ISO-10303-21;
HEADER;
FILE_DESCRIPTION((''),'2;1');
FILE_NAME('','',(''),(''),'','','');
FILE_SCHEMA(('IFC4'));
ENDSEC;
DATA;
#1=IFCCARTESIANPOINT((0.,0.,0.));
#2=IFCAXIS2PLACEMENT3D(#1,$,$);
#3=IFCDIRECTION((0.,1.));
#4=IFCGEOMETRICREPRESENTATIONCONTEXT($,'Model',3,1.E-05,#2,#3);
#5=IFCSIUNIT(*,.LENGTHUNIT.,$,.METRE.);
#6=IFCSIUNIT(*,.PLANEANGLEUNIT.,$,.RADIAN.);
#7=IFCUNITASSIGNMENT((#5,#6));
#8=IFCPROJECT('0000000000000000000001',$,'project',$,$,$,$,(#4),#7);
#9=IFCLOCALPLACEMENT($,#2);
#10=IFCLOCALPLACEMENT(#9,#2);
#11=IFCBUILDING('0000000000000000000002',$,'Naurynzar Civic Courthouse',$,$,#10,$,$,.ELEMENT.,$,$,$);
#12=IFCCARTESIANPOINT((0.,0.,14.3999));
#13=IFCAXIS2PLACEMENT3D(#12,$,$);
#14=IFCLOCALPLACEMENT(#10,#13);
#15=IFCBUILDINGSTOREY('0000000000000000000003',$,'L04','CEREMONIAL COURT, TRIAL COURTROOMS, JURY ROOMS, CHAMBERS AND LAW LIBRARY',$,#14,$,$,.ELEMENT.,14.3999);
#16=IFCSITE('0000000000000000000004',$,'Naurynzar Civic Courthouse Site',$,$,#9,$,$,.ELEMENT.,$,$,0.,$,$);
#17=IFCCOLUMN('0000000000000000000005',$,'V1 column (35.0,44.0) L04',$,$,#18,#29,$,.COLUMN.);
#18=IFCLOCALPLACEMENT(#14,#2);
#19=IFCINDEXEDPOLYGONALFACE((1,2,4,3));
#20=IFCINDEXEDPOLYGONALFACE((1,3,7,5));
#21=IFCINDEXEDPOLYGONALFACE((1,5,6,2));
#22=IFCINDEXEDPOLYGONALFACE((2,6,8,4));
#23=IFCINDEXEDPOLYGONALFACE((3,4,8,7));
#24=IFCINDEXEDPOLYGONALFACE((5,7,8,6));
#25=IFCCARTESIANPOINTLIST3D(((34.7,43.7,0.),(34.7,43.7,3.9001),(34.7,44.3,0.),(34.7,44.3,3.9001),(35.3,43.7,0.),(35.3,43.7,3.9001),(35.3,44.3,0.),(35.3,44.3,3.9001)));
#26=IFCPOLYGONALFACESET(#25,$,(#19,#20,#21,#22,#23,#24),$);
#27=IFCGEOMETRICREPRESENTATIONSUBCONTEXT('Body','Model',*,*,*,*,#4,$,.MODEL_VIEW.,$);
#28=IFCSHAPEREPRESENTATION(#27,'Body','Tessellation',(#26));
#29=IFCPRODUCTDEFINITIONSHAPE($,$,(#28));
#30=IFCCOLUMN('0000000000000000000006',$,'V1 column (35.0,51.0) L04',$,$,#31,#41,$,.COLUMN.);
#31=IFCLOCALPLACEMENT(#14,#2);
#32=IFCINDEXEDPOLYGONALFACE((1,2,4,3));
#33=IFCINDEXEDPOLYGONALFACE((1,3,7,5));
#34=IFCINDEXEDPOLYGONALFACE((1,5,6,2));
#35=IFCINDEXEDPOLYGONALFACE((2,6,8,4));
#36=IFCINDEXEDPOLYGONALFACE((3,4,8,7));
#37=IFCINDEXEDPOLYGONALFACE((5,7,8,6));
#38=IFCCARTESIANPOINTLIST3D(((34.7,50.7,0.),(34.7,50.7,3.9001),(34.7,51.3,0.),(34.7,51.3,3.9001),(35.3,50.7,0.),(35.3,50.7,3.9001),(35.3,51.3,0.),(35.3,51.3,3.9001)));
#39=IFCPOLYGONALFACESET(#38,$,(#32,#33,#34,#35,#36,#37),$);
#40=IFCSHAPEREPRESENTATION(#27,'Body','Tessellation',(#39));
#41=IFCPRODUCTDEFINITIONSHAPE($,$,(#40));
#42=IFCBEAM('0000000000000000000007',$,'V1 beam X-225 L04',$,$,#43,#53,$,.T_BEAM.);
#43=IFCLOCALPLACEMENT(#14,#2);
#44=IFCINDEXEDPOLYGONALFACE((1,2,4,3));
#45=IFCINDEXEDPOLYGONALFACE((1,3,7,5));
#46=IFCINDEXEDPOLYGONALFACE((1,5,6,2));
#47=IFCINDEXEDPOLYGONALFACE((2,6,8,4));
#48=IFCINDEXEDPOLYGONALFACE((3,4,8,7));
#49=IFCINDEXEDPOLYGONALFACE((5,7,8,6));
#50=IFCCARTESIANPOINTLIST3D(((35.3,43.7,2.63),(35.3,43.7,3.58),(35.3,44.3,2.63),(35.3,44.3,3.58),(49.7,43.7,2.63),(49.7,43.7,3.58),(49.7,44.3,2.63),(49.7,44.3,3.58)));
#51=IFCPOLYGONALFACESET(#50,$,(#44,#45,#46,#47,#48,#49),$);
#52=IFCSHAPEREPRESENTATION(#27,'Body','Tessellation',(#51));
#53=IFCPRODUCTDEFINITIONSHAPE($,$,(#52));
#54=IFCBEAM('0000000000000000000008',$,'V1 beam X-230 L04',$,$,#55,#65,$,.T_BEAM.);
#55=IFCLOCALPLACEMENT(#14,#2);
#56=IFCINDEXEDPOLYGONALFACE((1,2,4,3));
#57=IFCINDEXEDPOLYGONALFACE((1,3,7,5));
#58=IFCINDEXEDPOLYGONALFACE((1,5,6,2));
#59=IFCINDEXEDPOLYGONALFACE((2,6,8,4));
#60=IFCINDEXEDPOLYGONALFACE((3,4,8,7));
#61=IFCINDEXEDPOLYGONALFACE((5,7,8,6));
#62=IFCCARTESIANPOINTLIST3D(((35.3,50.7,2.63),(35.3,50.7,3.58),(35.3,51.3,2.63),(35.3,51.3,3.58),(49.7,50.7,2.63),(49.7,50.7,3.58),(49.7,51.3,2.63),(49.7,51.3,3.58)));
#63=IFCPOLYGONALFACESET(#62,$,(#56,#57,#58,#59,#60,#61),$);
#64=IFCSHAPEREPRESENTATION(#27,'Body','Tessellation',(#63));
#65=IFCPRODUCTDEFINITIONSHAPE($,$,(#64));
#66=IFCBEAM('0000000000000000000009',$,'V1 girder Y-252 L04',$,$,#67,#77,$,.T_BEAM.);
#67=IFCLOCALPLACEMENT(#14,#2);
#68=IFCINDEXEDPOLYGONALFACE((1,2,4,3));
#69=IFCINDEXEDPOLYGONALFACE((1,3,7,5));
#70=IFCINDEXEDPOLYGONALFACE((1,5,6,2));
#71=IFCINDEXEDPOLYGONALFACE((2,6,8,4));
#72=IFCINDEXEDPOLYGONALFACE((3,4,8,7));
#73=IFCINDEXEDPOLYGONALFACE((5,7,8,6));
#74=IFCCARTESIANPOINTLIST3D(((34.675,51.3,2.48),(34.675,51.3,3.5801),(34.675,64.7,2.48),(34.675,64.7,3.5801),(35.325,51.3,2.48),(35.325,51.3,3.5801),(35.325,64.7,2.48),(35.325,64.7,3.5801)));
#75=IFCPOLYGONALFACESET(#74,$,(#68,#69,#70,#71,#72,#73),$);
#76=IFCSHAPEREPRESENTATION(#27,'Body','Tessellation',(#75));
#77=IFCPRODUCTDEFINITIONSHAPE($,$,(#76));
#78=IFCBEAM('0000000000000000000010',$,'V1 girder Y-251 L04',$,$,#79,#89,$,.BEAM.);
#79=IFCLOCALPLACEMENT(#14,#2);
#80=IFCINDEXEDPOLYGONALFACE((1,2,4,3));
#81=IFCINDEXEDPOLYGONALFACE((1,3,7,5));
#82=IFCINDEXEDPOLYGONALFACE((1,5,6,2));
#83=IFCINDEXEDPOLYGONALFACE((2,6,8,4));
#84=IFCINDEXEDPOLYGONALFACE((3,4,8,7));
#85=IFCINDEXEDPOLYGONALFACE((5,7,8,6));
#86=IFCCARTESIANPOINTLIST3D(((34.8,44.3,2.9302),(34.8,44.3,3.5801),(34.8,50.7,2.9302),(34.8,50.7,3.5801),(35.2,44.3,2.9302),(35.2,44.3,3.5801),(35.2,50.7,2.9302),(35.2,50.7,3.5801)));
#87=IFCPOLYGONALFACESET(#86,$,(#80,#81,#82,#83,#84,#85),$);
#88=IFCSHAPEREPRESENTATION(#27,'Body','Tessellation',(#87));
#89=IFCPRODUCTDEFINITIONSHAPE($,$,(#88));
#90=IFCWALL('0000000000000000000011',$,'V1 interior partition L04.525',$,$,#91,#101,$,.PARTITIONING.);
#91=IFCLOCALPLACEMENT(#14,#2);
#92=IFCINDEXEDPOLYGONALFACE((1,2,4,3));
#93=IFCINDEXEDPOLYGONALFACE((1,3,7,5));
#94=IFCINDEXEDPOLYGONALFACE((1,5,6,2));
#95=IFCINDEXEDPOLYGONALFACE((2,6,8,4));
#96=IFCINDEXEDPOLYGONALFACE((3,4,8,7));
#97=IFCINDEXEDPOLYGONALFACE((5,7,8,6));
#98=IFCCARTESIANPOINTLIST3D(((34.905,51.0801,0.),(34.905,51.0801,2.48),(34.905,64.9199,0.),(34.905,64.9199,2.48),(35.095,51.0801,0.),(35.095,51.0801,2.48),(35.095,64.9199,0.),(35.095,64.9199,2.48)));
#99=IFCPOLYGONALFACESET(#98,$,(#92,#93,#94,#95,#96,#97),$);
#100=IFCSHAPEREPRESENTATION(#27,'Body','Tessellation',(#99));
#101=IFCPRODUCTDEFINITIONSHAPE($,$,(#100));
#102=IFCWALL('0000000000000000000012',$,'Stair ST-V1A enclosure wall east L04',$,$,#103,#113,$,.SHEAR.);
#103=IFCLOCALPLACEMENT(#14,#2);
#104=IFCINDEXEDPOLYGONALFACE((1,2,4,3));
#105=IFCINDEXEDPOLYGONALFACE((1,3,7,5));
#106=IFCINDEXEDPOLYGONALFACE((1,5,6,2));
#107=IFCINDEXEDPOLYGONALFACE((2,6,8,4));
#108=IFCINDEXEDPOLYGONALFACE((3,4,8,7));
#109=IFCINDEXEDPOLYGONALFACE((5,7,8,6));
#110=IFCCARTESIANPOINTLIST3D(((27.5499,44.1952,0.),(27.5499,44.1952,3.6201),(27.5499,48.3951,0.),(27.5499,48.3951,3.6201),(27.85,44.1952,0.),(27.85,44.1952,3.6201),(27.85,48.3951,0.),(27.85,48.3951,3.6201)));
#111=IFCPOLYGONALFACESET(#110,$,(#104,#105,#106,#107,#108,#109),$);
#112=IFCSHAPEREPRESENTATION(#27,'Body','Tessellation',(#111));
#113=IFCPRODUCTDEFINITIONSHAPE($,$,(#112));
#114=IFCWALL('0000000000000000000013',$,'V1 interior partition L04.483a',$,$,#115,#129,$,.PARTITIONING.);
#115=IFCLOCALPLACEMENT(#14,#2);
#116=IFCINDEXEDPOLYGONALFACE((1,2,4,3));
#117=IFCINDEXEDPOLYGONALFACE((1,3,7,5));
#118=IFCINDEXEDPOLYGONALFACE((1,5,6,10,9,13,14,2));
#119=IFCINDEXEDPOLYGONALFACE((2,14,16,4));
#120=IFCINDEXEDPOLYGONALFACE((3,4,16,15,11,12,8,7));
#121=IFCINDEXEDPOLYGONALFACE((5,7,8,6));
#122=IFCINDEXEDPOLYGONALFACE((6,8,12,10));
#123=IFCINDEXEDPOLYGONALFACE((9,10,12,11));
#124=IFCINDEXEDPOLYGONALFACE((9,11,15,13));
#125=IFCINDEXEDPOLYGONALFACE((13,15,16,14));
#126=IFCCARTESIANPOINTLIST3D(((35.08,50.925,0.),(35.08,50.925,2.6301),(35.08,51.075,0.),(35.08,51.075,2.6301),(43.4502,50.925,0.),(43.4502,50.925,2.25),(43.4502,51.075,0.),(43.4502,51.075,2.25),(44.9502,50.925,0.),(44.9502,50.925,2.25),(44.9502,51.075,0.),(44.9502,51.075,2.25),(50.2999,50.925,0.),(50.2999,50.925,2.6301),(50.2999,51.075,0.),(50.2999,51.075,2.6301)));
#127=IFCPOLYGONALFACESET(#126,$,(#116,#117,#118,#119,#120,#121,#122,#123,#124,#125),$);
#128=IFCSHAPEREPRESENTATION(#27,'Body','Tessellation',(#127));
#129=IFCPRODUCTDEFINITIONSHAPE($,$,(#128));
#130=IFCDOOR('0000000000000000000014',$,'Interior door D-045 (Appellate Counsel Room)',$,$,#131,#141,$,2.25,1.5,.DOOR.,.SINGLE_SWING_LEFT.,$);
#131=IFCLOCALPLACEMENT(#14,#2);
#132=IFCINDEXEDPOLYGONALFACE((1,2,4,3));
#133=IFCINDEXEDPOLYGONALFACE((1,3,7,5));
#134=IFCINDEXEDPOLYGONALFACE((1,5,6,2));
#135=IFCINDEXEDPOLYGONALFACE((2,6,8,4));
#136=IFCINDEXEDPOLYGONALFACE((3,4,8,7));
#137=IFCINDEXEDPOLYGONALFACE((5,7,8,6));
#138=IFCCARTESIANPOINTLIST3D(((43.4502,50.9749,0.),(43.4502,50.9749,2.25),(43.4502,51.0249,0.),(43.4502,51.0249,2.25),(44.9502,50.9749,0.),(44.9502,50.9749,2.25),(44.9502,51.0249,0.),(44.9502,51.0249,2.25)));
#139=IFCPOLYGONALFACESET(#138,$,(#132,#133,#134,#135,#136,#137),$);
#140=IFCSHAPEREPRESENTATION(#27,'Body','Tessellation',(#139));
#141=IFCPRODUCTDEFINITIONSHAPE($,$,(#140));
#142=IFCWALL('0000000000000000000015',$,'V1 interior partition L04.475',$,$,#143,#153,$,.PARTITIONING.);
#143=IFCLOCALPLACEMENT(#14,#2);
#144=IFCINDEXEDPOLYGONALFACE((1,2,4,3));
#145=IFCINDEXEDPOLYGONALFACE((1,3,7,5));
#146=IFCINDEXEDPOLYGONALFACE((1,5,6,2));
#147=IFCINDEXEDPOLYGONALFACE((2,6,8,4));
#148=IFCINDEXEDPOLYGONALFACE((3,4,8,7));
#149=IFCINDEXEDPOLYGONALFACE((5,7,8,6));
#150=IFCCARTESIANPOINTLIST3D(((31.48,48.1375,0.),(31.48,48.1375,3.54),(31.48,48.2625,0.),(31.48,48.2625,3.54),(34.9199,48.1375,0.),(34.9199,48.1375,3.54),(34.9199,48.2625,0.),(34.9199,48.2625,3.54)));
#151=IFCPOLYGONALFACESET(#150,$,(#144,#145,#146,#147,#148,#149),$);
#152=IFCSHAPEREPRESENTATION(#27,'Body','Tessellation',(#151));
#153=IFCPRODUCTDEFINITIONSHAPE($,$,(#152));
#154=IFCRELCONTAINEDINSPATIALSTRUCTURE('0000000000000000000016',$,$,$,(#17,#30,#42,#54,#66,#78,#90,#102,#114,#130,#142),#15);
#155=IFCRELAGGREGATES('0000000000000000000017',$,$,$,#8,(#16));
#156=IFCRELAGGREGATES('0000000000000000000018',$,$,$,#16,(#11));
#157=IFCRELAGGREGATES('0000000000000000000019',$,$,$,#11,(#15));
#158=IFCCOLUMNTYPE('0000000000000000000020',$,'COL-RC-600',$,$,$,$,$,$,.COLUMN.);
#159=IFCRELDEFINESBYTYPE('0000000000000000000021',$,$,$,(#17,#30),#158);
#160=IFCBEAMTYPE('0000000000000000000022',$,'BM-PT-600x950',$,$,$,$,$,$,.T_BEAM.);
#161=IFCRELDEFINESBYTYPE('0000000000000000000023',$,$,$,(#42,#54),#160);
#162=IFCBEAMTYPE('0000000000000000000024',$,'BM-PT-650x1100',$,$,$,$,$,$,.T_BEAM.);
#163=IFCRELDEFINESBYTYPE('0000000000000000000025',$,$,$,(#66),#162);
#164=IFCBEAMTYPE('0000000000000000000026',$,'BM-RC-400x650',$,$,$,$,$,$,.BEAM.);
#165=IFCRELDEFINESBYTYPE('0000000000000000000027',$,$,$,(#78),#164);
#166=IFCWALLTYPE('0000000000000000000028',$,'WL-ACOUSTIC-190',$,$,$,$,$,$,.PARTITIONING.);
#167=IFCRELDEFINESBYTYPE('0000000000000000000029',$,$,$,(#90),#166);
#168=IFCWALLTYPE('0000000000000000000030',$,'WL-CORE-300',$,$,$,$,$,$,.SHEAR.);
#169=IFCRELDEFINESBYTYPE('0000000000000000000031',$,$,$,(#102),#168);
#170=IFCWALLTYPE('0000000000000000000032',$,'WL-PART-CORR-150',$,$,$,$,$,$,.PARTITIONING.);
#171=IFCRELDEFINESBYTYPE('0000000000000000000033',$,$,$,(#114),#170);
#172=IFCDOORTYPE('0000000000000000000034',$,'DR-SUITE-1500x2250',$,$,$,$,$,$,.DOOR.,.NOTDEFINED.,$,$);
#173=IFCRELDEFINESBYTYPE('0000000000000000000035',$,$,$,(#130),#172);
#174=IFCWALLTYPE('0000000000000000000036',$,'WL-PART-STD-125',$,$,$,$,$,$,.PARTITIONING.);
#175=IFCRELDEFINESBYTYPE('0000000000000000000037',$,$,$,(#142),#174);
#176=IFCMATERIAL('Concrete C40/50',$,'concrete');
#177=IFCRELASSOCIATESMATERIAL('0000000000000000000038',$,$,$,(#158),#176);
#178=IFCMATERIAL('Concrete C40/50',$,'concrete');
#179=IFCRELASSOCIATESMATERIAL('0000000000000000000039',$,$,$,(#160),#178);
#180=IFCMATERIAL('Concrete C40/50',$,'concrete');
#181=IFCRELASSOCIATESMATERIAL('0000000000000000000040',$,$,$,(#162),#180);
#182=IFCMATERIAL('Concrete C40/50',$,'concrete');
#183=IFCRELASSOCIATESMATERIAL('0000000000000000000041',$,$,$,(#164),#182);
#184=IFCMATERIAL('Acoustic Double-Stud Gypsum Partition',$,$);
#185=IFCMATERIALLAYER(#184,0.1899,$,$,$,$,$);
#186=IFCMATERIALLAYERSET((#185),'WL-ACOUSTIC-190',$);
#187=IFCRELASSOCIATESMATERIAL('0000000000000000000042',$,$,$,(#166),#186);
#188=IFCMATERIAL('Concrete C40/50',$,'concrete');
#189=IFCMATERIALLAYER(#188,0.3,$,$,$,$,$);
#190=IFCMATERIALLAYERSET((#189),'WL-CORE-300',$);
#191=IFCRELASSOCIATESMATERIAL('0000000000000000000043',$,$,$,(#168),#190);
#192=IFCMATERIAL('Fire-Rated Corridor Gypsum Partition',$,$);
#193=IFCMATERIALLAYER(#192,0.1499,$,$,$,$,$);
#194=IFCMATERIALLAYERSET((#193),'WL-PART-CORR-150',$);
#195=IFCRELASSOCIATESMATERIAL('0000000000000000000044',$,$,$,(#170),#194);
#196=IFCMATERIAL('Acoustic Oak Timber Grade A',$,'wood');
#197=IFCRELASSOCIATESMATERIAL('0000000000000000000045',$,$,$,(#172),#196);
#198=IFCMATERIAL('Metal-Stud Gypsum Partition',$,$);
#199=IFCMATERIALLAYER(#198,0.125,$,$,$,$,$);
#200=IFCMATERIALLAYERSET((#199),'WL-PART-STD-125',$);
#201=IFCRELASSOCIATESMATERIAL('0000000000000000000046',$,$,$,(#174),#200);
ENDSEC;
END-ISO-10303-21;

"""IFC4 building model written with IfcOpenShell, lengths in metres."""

from ifc_helpers import new_model, si_unit, direction, frame, frame_2d, origin, origin_2d, place, context, subcontext, project, spatial, rectangle, extrude, material, layer, layer_set, material_profile, profile_set, type_object, element, fill, save


model = new_model("IFC4")

# Units and contexts
model_context = context("Model", 3, precision=1e-05, world=origin(), true_north=direction((0.0, 1.0)))
body_context = subcontext(model_context, "Body", "Model", "MODEL_VIEW")
ifc_project = project(units=[si_unit("LENGTHUNIT", "METRE"), si_unit("PLANEANGLEUNIT", "RADIAN")], contexts=[model_context])

# Site, building, storey
site_placement = place(None, origin())
site = spatial("IfcSite", under=ifc_project, at=site_placement, Name="Naurynzar Civic Courthouse Site", CompositionType="ELEMENT", RefElevation=0.0)
building_placement = place(site_placement, origin())
building = spatial("IfcBuilding", under=site, at=building_placement, Name="Naurynzar Civic Courthouse", CompositionType="ELEMENT")
storey_placement = place(building_placement, frame((0.0, 0.0, 14.3999)))
storey = spatial("IfcBuildingStorey", under=building, at=storey_placement, Name="L04", Description="CEREMONIAL COURT, TRIAL COURTROOMS, JURY ROOMS, CHAMBERS AND LAW LIBRARY", CompositionType="ELEMENT", Elevation=14.3999)

# Columns
ifc_material_1 = material(Name="Concrete C40/50", Category="concrete")
ifc_material_profile_1 = material_profile(ifc_material_1, rectangle(XDim=0.6001, YDim=0.6001, at=origin_2d()), Name="RC 600x600")
ifc_profile_set_1 = profile_set([ifc_material_profile_1], Name="Concrete C40/50")
column_type = type_object("IfcColumnType", Name="COL-RC-600", PredefinedType="COLUMN", material=ifc_profile_set_1)
for number, where, z_axis, x_axis, name in (
    (1, (35.0, 44.0, 0.0), (0.0, 0.0, 1.0), (1.0, 0.0, 0.0), "V1 column (35.0,44.0) L04"),
    (2, (35.0, 51.0, 0.0), (0.0, 0.0, 1.0), (1.0, 0.0, 0.0), "V1 column (35.0,51.0) L04"),
):
    element("IfcColumn", number, at=place(storey_placement, frame(where, z_axis=z_axis, x_axis=x_axis)), inside=storey, type_object=column_type, Name=name, PredefinedType="COLUMN", context=body_context, shape_type="SweptSolid", body=[
        extrude(rectangle(XDim=0.6001, YDim=0.6001, at=origin_2d()), origin(), (0.0, 0.0, 1.0), 3.9001),
    ])

# Beams
ifc_material_2 = material(Name="Concrete C40/50", Category="concrete")
ifc_material_profile_2 = material_profile(ifc_material_2, rectangle(XDim=0.6001, YDim=0.95, at=origin_2d()), Name="PTB 600x950")
ifc_profile_set_2 = profile_set([ifc_material_profile_2], Name="Concrete C40/50")
beam_type_1 = type_object("IfcBeamType", Name="BM-PT-600x950", PredefinedType="T_BEAM", material=ifc_profile_set_2)
for number, where, z_axis, x_axis, name in (
    (3, (35.3, 44.0, 3.105), (1.0, 0.0, 0.0), (0.0, 1.0, 0.0), "V1 beam X-225 L04"),
    (4, (35.3, 51.0, 3.105), (1.0, 0.0, 0.0), (0.0, 1.0, 0.0), "V1 beam X-230 L04"),
):
    element("IfcBeam", number, at=place(storey_placement, frame(where, z_axis=z_axis, x_axis=x_axis)), inside=storey, type_object=beam_type_1, Name=name, PredefinedType="T_BEAM", context=body_context, shape_type="SweptSolid", body=[
        extrude(rectangle(XDim=0.6001, YDim=0.95, at=origin_2d()), origin(), (0.0, 0.0, 1.0), 14.3999),
    ])
ifc_material_3 = material(Name="Concrete C40/50", Category="concrete")
ifc_material_profile_3 = material_profile(ifc_material_3, rectangle(XDim=0.6499, YDim=1.1001, at=origin_2d()), Name="PTB 650x1100")
ifc_profile_set_3 = profile_set([ifc_material_profile_3], Name="Concrete C40/50")
beam_type_2 = type_object("IfcBeamType", Name="BM-PT-650x1100", PredefinedType="T_BEAM", material=ifc_profile_set_3)
beam_1_placement = place(storey_placement, frame((35.0, 51.3, 3.03), z_axis=(0.0, 1.0, 0.0), x_axis=(-1.0, 0.0, 0.0)))
element("IfcBeam", 5, at=beam_1_placement, inside=storey, type_object=beam_type_2, Name="V1 girder Y-252 L04", PredefinedType="T_BEAM", context=body_context, shape_type="SweptSolid", body=[
    extrude(rectangle(XDim=0.6499, YDim=1.1001, at=origin_2d()), origin(), (0.0, 0.0, 1.0), 13.3999),
])
ifc_material_4 = material(Name="Concrete C40/50", Category="concrete")
ifc_material_profile_4 = material_profile(ifc_material_4, rectangle(XDim=0.3999, YDim=0.6499, at=origin_2d()), Name="RCB 400x650")
ifc_profile_set_4 = profile_set([ifc_material_profile_4], Name="Concrete C40/50")
beam_type_3 = type_object("IfcBeamType", Name="BM-RC-400x650", PredefinedType="BEAM", material=ifc_profile_set_4)
beam_2_placement = place(storey_placement, frame((35.0, 44.3, 3.2551), z_axis=(0.0, 1.0, 0.0), x_axis=(-1.0, 0.0, 0.0)))
element("IfcBeam", 6, at=beam_2_placement, inside=storey, type_object=beam_type_3, Name="V1 girder Y-251 L04", PredefinedType="BEAM", context=body_context, shape_type="SweptSolid", body=[
    extrude(rectangle(XDim=0.3999, YDim=0.6499, at=origin_2d()), origin(), (0.0, 0.0, 1.0), 6.3999),
])

# Wall
ifc_material_5 = material(Name="Acoustic Double-Stud Gypsum Partition")
ifc_layer_1 = layer(ifc_material_5, 0.1899)
ifc_layer_set_1 = layer_set([ifc_layer_1], Name="WL-ACOUSTIC-190")
wall_type_1 = type_object("IfcWallType", Name="WL-ACOUSTIC-190", PredefinedType="PARTITIONING", material=ifc_layer_set_1)
wall_1_placement = place(storey_placement, frame((35.0, 51.0801, 0.0), z_axis=(0.0, 0.0, 1.0), x_axis=(0.0, 1.0, 0.0)))
element("IfcWall", 7, at=wall_1_placement, inside=storey, type_object=wall_type_1, Name="V1 interior partition L04.525", PredefinedType="PARTITIONING", context=body_context, shape_type="SweptSolid", body=[
    extrude(rectangle(XDim=13.8398, YDim=0.1899, at=frame_2d((6.9199, 0.0))), origin(), (0.0, 0.0, 1.0), 2.48),
])

# Shared definitions
ifc_material_6 = material(Name="Concrete C40/50", Category="concrete")
ifc_layer_2 = layer(ifc_material_6, 0.3)
ifc_layer_set_2 = layer_set([ifc_layer_2], Name="WL-CORE-300")
wall_type_2 = type_object("IfcWallType", Name="WL-CORE-300", PredefinedType="SHEAR", material=ifc_layer_set_2)

# Wall
wall_2_placement = place(storey_placement, frame((27.7, 44.1951, 0.0), z_axis=(0.0, 0.0, 1.0), x_axis=(0.0, 1.0, 0.0)))
element("IfcWall", 8, at=wall_2_placement, inside=storey, type_object=wall_type_2, Name="Stair ST-V1A enclosure wall east L04", PredefinedType="SHEAR", context=body_context, shape_type="SweptSolid", body=[
    extrude(rectangle(XDim=4.2, YDim=0.3, at=frame_2d((2.1001, 0.0))), origin(), (0.0, 0.0, 1.0), 3.6201),
])

# Wall, opening, door
ifc_material_7 = material(Name="Fire-Rated Corridor Gypsum Partition")
ifc_layer_3 = layer(ifc_material_7, 0.1499)
ifc_layer_set_3 = layer_set([ifc_layer_3], Name="WL-PART-CORR-150")
wall_type_3 = type_object("IfcWallType", Name="WL-PART-CORR-150", PredefinedType="PARTITIONING", material=ifc_layer_set_3)
wall_3_placement = place(storey_placement, frame((35.0801, 51.0, 0.0), z_axis=(0.0, 0.0, 1.0), x_axis=(1.0, 0.0, 0.0)))
wall_3 = element("IfcWall", 9, at=wall_3_placement, inside=storey, type_object=wall_type_3, Name="V1 interior partition L04.483a", PredefinedType="PARTITIONING", context=body_context, shape_type="SweptSolid", body=[
    extrude(rectangle(XDim=15.22, YDim=0.1499, at=frame_2d((7.6099, 0.0))), origin(), (0.0, 0.0, 1.0), 2.6301),
])
opening_1_placement = place(wall_3_placement, frame((8.3701, 0.0, 0.0)))
opening_1 = element("IfcOpeningElement", 10, at=opening_1_placement, cuts=wall_3, PredefinedType="OPENING", context=body_context, shape_type="SweptSolid", body=[
    extrude(rectangle(XDim=1.5, YDim=2.25, at=frame_2d((0.75, 1.125))), frame((0.0, 0.085, 0.0), z_axis=(0.0, -1.0, 0.0), x_axis=(1.0, 0.0, 0.0)), (0.0, 0.0, 1.0), 0.1699),
])
ifc_material_8 = material(Name="Acoustic Oak Timber Grade A", Category="wood")
door_type_1 = type_object("IfcDoorType", Name="DR-SUITE-1500x2250", OperationType="NOTDEFINED", PredefinedType="DOOR", material=ifc_material_8)
door_1_placement = place(opening_1_placement, origin())
door_1 = element("IfcDoor", 11, at=door_1_placement, inside=storey, type_object=door_type_1, Name="Interior door D-045 (Appellate Counsel Room)", OperationType="SINGLE_SWING_LEFT", OverallHeight=2.25, OverallWidth=1.5, PredefinedType="DOOR", context=body_context, shape_type="SweptSolid", body=[
    extrude(rectangle(XDim=1.5, YDim=2.25, at=frame_2d((0.75, 1.125))), frame((0.0, 0.0249, 0.0), z_axis=(0.0, -1.0, 0.0), x_axis=(1.0, 0.0, 0.0)), (0.0, 0.0, 1.0), 0.05),
])
fill(opening_1, door_1)

# Wall
ifc_material_9 = material(Name="Metal-Stud Gypsum Partition")
ifc_layer_4 = layer(ifc_material_9, 0.125)
ifc_layer_set_4 = layer_set([ifc_layer_4], Name="WL-PART-STD-125")
wall_type_4 = type_object("IfcWallType", Name="WL-PART-STD-125", PredefinedType="PARTITIONING", material=ifc_layer_set_4)
wall_4_placement = place(storey_placement, frame((31.48, 48.2, 0.0), z_axis=(0.0, 0.0, 1.0), x_axis=(1.0, 0.0, 0.0)))
element("IfcWall", 12, at=wall_4_placement, inside=storey, type_object=wall_type_4, Name="V1 interior partition L04.475", PredefinedType="PARTITIONING", context=body_context, shape_type="SweptSolid", body=[
    extrude(rectangle(XDim=3.4399, YDim=0.125, at=frame_2d((1.72, 0.0))), origin(), (0.0, 0.0, 1.0), 3.54),
])

save(model, "model.ifc")
